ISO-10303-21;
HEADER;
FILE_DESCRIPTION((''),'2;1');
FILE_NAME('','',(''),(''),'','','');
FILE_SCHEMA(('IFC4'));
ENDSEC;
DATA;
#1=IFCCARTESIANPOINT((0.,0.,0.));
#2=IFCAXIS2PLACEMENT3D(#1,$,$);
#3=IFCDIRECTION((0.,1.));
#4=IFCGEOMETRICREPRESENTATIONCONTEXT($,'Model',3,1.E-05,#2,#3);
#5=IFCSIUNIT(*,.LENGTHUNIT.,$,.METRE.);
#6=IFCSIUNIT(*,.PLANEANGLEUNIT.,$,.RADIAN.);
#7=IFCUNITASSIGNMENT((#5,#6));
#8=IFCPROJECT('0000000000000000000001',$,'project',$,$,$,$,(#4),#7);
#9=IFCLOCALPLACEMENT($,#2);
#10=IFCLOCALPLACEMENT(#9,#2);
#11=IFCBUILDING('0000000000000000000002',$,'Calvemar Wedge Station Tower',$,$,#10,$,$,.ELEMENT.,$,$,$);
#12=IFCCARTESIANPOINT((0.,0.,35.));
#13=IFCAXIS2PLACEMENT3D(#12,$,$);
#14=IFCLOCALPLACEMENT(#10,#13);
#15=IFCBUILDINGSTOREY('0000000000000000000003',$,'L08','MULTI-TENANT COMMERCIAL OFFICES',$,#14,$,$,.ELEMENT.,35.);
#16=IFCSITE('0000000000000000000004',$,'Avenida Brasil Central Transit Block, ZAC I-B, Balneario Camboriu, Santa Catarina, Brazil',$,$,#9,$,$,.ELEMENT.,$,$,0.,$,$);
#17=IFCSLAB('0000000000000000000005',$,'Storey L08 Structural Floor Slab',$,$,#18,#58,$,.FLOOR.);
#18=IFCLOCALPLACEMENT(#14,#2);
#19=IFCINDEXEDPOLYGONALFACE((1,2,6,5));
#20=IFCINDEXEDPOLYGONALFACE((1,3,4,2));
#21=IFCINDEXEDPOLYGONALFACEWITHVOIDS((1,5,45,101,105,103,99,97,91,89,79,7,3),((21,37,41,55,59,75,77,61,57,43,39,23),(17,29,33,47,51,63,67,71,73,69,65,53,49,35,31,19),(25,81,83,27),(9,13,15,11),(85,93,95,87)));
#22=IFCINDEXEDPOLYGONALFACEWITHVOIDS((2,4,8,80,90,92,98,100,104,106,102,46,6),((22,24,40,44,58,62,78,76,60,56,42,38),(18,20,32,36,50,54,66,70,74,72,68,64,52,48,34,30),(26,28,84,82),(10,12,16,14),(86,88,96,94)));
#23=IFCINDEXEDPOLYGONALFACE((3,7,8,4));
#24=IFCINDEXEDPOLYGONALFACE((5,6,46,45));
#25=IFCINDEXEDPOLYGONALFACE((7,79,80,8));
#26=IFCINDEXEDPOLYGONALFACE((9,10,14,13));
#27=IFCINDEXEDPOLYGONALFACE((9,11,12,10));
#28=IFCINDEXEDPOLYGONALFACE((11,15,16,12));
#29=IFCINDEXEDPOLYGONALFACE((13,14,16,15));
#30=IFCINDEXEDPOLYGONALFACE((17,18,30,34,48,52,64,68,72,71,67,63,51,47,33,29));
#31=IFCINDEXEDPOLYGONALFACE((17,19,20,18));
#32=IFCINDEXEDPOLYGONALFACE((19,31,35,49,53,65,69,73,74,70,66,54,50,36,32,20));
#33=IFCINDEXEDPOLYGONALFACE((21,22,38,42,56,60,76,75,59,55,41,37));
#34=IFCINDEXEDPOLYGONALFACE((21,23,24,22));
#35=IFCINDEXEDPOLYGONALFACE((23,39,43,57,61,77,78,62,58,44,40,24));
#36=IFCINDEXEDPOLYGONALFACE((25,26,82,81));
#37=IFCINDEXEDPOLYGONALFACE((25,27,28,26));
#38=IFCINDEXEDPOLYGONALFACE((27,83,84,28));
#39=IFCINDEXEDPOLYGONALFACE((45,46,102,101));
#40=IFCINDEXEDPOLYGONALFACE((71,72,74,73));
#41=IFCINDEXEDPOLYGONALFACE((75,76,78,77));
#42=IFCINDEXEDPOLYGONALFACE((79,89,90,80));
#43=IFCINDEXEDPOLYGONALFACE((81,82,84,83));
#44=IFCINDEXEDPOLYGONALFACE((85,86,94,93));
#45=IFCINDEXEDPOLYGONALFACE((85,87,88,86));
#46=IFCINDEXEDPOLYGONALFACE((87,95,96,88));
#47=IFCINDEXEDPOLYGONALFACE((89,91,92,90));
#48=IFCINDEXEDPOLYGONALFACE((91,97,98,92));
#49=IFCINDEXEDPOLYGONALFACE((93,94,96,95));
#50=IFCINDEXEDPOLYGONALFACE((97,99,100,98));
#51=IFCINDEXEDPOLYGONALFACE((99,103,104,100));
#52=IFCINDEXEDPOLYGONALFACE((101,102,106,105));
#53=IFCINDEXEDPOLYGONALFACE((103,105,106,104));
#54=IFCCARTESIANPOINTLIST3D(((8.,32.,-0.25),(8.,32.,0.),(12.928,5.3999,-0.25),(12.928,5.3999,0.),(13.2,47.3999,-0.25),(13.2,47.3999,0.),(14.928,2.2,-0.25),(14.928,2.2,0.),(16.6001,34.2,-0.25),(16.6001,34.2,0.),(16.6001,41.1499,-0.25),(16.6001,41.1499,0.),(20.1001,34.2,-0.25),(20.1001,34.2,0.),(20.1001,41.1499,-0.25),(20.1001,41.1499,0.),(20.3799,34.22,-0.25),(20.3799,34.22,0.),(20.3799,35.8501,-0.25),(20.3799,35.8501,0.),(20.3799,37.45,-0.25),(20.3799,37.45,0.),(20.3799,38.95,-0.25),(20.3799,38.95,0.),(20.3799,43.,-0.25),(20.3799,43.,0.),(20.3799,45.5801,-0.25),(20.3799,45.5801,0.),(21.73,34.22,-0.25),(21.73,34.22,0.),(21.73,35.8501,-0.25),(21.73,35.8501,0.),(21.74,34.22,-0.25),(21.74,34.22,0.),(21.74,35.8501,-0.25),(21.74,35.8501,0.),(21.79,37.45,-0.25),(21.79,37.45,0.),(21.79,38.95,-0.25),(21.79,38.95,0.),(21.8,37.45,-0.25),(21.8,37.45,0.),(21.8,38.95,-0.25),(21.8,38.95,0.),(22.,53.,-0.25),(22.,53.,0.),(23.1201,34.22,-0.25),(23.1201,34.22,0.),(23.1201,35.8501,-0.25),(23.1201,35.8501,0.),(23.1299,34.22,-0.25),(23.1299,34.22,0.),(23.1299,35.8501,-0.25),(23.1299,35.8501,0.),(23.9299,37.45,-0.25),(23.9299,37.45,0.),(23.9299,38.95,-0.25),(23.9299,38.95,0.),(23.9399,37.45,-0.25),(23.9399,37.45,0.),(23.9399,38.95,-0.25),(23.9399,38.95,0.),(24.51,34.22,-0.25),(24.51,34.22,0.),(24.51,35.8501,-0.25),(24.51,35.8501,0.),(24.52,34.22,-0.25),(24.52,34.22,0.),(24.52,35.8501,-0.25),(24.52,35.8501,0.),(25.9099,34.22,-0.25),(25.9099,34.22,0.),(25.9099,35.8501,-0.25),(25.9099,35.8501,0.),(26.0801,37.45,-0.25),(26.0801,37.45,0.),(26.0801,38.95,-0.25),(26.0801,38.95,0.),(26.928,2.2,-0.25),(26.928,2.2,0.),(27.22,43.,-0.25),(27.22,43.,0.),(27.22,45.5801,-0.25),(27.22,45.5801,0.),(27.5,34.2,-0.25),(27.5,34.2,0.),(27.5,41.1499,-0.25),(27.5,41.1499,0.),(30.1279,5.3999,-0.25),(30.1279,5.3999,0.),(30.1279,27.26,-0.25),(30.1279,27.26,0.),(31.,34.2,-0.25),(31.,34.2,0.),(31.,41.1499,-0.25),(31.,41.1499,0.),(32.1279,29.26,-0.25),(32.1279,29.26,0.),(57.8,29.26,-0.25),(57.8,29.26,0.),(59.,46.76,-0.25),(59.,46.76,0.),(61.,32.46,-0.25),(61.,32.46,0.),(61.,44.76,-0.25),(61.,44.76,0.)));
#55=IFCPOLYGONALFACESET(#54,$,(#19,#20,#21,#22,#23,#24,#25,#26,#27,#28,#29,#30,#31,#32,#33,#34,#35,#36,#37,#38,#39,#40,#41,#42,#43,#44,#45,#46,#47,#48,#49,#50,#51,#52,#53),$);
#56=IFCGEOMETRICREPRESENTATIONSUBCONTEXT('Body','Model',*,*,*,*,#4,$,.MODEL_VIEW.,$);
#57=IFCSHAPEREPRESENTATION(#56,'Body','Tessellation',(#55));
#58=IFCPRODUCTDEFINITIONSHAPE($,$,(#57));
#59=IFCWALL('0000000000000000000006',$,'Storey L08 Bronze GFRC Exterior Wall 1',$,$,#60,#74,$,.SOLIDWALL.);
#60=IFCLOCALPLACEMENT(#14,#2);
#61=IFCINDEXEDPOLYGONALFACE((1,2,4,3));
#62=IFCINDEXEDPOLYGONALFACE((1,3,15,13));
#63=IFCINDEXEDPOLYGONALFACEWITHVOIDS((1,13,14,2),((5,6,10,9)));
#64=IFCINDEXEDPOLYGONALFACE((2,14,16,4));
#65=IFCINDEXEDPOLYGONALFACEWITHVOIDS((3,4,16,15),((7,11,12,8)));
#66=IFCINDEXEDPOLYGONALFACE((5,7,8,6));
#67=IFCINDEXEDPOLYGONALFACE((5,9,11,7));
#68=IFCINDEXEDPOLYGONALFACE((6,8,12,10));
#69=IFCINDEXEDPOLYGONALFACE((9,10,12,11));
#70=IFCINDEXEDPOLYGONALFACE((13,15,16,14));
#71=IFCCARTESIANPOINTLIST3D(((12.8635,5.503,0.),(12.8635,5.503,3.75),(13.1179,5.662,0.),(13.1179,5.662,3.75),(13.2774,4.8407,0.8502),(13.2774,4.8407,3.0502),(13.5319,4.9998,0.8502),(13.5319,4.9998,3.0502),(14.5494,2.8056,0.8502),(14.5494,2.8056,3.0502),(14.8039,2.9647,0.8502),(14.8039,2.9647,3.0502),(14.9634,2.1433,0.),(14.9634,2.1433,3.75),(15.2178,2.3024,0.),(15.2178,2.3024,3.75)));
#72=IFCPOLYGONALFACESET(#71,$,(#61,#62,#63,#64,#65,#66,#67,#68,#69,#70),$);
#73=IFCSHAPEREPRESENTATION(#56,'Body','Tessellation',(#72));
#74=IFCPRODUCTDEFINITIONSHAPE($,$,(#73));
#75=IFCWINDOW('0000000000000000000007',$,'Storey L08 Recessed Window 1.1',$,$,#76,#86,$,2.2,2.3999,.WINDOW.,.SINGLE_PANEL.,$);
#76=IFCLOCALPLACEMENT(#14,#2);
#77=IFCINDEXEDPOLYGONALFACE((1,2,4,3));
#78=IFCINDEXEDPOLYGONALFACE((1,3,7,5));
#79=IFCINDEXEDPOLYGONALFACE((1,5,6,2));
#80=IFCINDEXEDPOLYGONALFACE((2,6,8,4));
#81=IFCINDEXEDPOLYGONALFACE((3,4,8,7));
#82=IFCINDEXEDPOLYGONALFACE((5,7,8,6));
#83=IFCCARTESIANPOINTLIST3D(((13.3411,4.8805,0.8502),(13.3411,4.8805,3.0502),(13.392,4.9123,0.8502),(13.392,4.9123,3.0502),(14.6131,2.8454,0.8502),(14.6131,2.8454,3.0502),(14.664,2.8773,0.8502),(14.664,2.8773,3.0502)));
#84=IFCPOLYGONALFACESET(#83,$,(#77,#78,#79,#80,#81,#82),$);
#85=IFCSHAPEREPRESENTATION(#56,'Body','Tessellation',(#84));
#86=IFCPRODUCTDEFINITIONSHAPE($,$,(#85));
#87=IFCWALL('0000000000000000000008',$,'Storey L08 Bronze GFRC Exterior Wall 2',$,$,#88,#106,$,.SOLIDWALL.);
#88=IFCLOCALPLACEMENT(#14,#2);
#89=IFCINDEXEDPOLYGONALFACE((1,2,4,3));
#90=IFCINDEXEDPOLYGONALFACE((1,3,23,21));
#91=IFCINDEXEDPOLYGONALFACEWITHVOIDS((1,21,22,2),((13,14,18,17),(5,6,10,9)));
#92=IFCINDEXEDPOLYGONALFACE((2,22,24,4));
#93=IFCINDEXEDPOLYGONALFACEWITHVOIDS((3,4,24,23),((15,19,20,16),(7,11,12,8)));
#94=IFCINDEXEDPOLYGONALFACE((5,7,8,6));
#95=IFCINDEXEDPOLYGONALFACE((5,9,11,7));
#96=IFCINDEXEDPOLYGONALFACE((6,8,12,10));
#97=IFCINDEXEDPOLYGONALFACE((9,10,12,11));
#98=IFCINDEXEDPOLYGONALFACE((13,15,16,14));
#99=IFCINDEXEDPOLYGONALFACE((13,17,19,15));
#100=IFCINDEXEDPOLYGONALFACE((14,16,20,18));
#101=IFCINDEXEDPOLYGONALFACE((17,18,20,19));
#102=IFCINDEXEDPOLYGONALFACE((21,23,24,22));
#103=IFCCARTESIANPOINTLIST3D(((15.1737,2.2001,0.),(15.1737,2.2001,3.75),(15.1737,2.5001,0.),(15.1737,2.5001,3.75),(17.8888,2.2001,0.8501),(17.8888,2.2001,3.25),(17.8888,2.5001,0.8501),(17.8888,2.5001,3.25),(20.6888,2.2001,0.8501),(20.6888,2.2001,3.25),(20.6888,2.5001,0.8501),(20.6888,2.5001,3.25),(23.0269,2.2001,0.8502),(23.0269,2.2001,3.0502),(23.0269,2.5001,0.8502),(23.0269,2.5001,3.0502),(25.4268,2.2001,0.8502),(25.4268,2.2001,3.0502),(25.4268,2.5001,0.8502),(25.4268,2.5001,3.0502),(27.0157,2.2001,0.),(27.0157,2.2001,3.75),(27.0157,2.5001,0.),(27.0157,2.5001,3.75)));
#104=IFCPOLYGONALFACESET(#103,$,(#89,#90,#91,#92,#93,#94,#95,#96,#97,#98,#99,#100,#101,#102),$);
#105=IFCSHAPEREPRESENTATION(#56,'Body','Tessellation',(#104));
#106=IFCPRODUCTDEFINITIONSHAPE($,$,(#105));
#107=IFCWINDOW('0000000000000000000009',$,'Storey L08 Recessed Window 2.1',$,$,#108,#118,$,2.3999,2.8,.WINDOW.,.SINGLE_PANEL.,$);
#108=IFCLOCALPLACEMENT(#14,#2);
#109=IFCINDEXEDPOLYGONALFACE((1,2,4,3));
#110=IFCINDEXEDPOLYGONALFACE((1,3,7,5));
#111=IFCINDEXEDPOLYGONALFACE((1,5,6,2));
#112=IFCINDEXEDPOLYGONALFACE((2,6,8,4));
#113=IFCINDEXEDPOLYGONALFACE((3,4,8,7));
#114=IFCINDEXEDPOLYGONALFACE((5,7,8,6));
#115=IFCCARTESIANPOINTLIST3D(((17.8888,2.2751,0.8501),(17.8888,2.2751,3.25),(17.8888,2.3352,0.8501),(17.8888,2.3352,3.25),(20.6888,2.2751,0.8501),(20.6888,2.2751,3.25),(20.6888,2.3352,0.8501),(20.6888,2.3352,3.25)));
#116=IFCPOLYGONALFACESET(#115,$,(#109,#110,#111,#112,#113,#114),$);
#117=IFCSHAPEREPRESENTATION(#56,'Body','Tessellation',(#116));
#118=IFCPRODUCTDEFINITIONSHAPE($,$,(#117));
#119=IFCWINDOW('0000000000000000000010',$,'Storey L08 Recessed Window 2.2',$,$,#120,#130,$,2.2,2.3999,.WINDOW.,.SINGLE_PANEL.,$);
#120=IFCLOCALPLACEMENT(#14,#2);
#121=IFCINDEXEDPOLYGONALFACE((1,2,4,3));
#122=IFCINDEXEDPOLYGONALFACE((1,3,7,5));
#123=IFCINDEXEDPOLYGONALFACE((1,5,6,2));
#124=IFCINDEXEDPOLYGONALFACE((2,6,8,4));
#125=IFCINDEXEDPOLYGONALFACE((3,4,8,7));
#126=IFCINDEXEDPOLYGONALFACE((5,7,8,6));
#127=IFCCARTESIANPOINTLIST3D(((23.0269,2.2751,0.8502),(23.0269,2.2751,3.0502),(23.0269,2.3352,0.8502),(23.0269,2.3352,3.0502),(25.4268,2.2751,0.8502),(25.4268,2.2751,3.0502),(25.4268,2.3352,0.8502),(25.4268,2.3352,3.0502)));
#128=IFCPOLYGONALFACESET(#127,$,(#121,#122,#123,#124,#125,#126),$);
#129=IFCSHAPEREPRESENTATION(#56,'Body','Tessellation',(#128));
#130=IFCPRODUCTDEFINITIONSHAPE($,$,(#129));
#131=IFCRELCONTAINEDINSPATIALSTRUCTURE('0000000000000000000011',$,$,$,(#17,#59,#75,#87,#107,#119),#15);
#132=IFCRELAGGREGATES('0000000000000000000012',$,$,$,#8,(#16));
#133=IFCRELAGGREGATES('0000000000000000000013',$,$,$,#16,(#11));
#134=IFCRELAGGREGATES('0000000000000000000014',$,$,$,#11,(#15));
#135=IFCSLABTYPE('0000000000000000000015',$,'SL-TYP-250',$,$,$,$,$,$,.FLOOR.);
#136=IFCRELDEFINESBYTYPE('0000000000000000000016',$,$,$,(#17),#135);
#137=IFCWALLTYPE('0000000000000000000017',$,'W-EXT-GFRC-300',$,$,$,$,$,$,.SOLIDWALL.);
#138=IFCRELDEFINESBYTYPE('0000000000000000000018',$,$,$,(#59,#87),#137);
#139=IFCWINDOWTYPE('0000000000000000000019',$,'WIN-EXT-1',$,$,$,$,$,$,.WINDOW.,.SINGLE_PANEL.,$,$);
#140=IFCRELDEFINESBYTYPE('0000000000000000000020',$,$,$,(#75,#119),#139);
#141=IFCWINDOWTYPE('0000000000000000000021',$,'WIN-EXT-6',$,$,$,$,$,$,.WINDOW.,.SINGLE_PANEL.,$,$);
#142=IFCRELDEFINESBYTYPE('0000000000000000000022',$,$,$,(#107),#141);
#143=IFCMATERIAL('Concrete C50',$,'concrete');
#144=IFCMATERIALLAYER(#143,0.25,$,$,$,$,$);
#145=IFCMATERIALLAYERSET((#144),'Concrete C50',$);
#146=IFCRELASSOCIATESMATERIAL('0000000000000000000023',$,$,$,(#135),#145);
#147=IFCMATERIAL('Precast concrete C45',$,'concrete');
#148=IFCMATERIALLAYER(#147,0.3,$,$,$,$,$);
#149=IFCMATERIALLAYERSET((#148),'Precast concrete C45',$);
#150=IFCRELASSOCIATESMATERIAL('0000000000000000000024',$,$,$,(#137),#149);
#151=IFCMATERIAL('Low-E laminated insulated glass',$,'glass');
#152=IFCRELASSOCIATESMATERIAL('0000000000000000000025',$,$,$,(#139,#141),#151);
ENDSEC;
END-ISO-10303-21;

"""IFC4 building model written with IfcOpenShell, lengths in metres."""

from ifc_helpers import new_model, si_unit, direction, frame, frame_2d, origin, place, context, subcontext, project, spatial, polyline, rectangle, outline, extrude, source, transform, mapped, material, layer, layer_set, type_object, element, fill, save


model = new_model("IFC4")

# Units and contexts
model_context = context("Model", 3, precision=1e-05, world=origin(), true_north=direction((0.0, 1.0)))
body_context = subcontext(model_context, "Body", "Model", "MODEL_VIEW")
ifc_project = project(units=[si_unit("LENGTHUNIT", "METRE"), si_unit("PLANEANGLEUNIT", "RADIAN")], contexts=[model_context])

# Site, building, storey
site_placement = place(None, origin())
site = spatial("IfcSite", under=ifc_project, at=site_placement, Name="Avenida Brasil Central Transit Block, ZAC I-B, Balneario Camboriu, Santa Catarina, Brazil", CompositionType="ELEMENT", RefElevation=0.0)
building_placement = place(site_placement, origin())
building = spatial("IfcBuilding", under=site, at=building_placement, Name="Calvemar Wedge Station Tower", CompositionType="ELEMENT")
storey_placement = place(building_placement, frame((0.0, 0.0, 35.0)))
storey = spatial("IfcBuildingStorey", under=building, at=storey_placement, Name="L08", Description="MULTI-TENANT COMMERCIAL OFFICES", CompositionType="ELEMENT", Elevation=35.0)

# Shared definitions
ifc_material_1 = material(Name="Precast concrete C45", Category="concrete")

# Slab
ifc_material_2 = material(Name="Concrete C50", Category="concrete")
ifc_layer_1 = layer(ifc_material_2, 0.25)
ifc_layer_set_1 = layer_set([ifc_layer_1], Name="Concrete C50")
slab_type_1 = type_object("IfcSlabType", Name="SL-TYP-250", PredefinedType="FLOOR", material=ifc_layer_set_1)
slab_1_placement = place(storey_placement, frame((0.0, 0.0, -0.25)))
element("IfcSlab", 1, at=slab_1_placement, inside=storey, type_object=slab_type_1, Name="Storey L08 Structural Floor Slab", PredefinedType="FLOOR", context=body_context, shape_type="SweptSolid", body=[
    extrude(outline(polyline([(8.0, 32.0), (12.928, 5.3999), (14.928, 2.2), (26.928, 2.2), (30.1279, 5.3999), (30.1279, 27.26), (32.1279, 29.26), (57.8, 29.26), (61.0, 32.46), (61.0, 44.76), (59.0, 46.76), (22.0, 53.0), (13.2, 47.3999), (8.0, 32.0)]), holes=[polyline([(21.74, 35.8501), (21.73, 35.8501), (20.3799, 35.8501), (20.3799, 34.22), (21.73, 34.22), (21.74, 34.22), (23.1201, 34.22), (23.1299, 34.22), (24.51, 34.22), (24.52, 34.22), (25.9099, 34.22), (25.9099, 35.8501), (24.52, 35.8501), (24.51, 35.8501), (23.1299, 35.8501), (23.1201, 35.8501), (21.74, 35.8501)]), polyline([(16.6001, 41.1499), (16.6001, 34.2), (20.1001, 34.2), (20.1001, 41.1499), (16.6001, 41.1499)]), polyline([(27.5, 34.2), (31.0, 34.2), (31.0, 41.1499), (27.5, 41.1499), (27.5, 34.2)]), polyline([(21.79, 37.45), (21.8, 37.45), (23.9299, 37.45), (23.9399, 37.45), (26.0801, 37.45), (26.0801, 38.95), (23.9399, 38.95), (23.9299, 38.95), (21.8, 38.95), (21.79, 38.95), (20.3799, 38.95), (20.3799, 37.45), (21.79, 37.45)]), polyline([(20.3799, 43.0), (27.22, 43.0), (27.22, 45.5801), (20.3799, 45.5801), (20.3799, 43.0)])]), origin(), (0.0, 0.0, 1.0), 0.25),
])

# Wall, opening, window
ifc_layer_2 = layer(ifc_material_1, 0.3)
ifc_layer_set_2 = layer_set([ifc_layer_2], Name="Precast concrete C45")
wall_type_1 = type_object("IfcWallType", Name="W-EXT-GFRC-300", PredefinedType="SOLIDWALL", material=ifc_layer_set_2)
wall_1_placement = place(storey_placement, frame((12.9907, 5.5825, 0.0), z_axis=(0.0, 0.0, 1.0), x_axis=(0.530016, -0.847988, 0.0)))
wall_1 = element("IfcWall", 2, at=wall_1_placement, inside=storey, type_object=wall_type_1, Name="Storey L08 Bronze GFRC Exterior Wall 1", PredefinedType="SOLIDWALL", context=body_context, shape_type="SweptSolid", body=[
    extrude(rectangle(XDim=3.9619, YDim=0.3, at=frame_2d((1.981, 0.0))), origin(), (0.0, 0.0, 1.0), 3.75),
])
shared_shape_1 = source(origin(), body_context, "Body", "SweptSolid", [
    extrude(rectangle(XDim=2.3999, YDim=2.2, at=frame_2d((1.2, 1.1001))), frame((0.0, 0.1602, 0.0), z_axis=(0.0, -1.0, 0.0), x_axis=(1.0, 0.0, 0.0)), (0.0, 0.0, 1.0), 0.3201),
])
opening_1_placement = place(wall_1_placement, frame((0.781, 0.0, 0.8501)))
opening_1 = element("IfcOpeningElement", 3, at=opening_1_placement, cuts=wall_1, PredefinedType="OPENING", context=body_context, shape_type="MappedRepresentation", body=[
    mapped(shared_shape_1, transform((0.0, 0.0, 0.0), scale=1.0)),
])
ifc_material_3 = material(Name="Low-E laminated insulated glass", Category="glass")
window_type_1 = type_object("IfcWindowType", Name="WIN-EXT-1", PartitioningType="SINGLE_PANEL", PredefinedType="WINDOW", material=ifc_material_3)
shared_shape_2 = source(origin(), body_context, "Body", "SweptSolid", [
    extrude(rectangle(XDim=2.3999, YDim=2.2, at=frame_2d((1.2, 1.1001))), frame((0.0, -0.0149, 0.0), z_axis=(0.0, -1.0, 0.0), x_axis=(1.0, 0.0, 0.0)), (0.0, 0.0, 1.0), 0.0601),
])
window_1_placement = place(opening_1_placement, origin())
window_1 = element("IfcWindow", 4, at=window_1_placement, inside=storey, type_object=window_type_1, Name="Storey L08 Recessed Window 1.1", OverallHeight=2.2, OverallWidth=2.3999, PartitioningType="SINGLE_PANEL", PredefinedType="WINDOW", context=body_context, shape_type="MappedRepresentation", body=[
    mapped(shared_shape_2, transform((0.0, 0.0, 0.0), scale=1.0)),
])
fill(opening_1, window_1)

# Wall, openings, windows
wall_2_placement = place(storey_placement, frame((15.1738, 2.3501, 0.0), z_axis=(0.0, 0.0, 1.0), x_axis=(1.0, 0.0, 0.0)))
wall_2 = element("IfcWall", 5, at=wall_2_placement, inside=storey, type_object=wall_type_1, Name="Storey L08 Bronze GFRC Exterior Wall 2", PredefinedType="SOLIDWALL", context=body_context, shape_type="SweptSolid", body=[
    extrude(rectangle(XDim=11.842, YDim=0.3, at=frame_2d((5.9209, 0.0))), origin(), (0.0, 0.0, 1.0), 3.75),
])
shared_shape_3 = source(origin(), body_context, "Body", "SweptSolid", [
    extrude(rectangle(XDim=2.8, YDim=2.3999, at=frame_2d((1.3999, 1.2))), frame((0.0, 0.1602, 0.0), z_axis=(0.0, -1.0, 0.0), x_axis=(1.0, 0.0, 0.0)), (0.0, 0.0, 1.0), 0.3201),
])
opening_2_placement = place(wall_2_placement, frame((2.7151, 0.0, 0.8501)))
opening_2 = element("IfcOpeningElement", 6, at=opening_2_placement, cuts=wall_2, PredefinedType="OPENING", context=body_context, shape_type="MappedRepresentation", body=[
    mapped(shared_shape_3, transform((0.0, 0.0, 0.0), scale=1.0)),
])
opening_3_placement = place(wall_2_placement, frame((7.853, 0.0, 0.8501)))
opening_3 = element("IfcOpeningElement", 7, at=opening_3_placement, cuts=wall_2, PredefinedType="OPENING", context=body_context, shape_type="MappedRepresentation", body=[
    mapped(shared_shape_1, transform((0.0, 0.0, 0.0), scale=1.0)),
])
window_type_2 = type_object("IfcWindowType", Name="WIN-EXT-6", PartitioningType="SINGLE_PANEL", PredefinedType="WINDOW", material=ifc_material_3)
shared_shape_4 = source(origin(), body_context, "Body", "SweptSolid", [
    extrude(rectangle(XDim=2.8, YDim=2.3999, at=frame_2d((1.3999, 1.2))), frame((0.0, -0.0149, 0.0), z_axis=(0.0, -1.0, 0.0), x_axis=(1.0, 0.0, 0.0)), (0.0, 0.0, 1.0), 0.0601),
])
window_2_placement = place(opening_2_placement, origin())
window_2 = element("IfcWindow", 8, at=window_2_placement, inside=storey, type_object=window_type_2, Name="Storey L08 Recessed Window 2.1", OverallHeight=2.3999, OverallWidth=2.8, PartitioningType="SINGLE_PANEL", PredefinedType="WINDOW", context=body_context, shape_type="MappedRepresentation", body=[
    mapped(shared_shape_4, transform((0.0, 0.0, 0.0), scale=1.0)),
])
fill(opening_2, window_2)
window_3_placement = place(opening_3_placement, origin())
window_3 = element("IfcWindow", 9, at=window_3_placement, inside=storey, type_object=window_type_1, Name="Storey L08 Recessed Window 2.2", OverallHeight=2.2, OverallWidth=2.3999, PartitioningType="SINGLE_PANEL", PredefinedType="WINDOW", context=body_context, shape_type="MappedRepresentation", body=[
    mapped(shared_shape_2, transform((0.0, 0.0, 0.0), scale=1.0)),
])
fill(opening_3, window_3)

save(model, "model.ifc")
